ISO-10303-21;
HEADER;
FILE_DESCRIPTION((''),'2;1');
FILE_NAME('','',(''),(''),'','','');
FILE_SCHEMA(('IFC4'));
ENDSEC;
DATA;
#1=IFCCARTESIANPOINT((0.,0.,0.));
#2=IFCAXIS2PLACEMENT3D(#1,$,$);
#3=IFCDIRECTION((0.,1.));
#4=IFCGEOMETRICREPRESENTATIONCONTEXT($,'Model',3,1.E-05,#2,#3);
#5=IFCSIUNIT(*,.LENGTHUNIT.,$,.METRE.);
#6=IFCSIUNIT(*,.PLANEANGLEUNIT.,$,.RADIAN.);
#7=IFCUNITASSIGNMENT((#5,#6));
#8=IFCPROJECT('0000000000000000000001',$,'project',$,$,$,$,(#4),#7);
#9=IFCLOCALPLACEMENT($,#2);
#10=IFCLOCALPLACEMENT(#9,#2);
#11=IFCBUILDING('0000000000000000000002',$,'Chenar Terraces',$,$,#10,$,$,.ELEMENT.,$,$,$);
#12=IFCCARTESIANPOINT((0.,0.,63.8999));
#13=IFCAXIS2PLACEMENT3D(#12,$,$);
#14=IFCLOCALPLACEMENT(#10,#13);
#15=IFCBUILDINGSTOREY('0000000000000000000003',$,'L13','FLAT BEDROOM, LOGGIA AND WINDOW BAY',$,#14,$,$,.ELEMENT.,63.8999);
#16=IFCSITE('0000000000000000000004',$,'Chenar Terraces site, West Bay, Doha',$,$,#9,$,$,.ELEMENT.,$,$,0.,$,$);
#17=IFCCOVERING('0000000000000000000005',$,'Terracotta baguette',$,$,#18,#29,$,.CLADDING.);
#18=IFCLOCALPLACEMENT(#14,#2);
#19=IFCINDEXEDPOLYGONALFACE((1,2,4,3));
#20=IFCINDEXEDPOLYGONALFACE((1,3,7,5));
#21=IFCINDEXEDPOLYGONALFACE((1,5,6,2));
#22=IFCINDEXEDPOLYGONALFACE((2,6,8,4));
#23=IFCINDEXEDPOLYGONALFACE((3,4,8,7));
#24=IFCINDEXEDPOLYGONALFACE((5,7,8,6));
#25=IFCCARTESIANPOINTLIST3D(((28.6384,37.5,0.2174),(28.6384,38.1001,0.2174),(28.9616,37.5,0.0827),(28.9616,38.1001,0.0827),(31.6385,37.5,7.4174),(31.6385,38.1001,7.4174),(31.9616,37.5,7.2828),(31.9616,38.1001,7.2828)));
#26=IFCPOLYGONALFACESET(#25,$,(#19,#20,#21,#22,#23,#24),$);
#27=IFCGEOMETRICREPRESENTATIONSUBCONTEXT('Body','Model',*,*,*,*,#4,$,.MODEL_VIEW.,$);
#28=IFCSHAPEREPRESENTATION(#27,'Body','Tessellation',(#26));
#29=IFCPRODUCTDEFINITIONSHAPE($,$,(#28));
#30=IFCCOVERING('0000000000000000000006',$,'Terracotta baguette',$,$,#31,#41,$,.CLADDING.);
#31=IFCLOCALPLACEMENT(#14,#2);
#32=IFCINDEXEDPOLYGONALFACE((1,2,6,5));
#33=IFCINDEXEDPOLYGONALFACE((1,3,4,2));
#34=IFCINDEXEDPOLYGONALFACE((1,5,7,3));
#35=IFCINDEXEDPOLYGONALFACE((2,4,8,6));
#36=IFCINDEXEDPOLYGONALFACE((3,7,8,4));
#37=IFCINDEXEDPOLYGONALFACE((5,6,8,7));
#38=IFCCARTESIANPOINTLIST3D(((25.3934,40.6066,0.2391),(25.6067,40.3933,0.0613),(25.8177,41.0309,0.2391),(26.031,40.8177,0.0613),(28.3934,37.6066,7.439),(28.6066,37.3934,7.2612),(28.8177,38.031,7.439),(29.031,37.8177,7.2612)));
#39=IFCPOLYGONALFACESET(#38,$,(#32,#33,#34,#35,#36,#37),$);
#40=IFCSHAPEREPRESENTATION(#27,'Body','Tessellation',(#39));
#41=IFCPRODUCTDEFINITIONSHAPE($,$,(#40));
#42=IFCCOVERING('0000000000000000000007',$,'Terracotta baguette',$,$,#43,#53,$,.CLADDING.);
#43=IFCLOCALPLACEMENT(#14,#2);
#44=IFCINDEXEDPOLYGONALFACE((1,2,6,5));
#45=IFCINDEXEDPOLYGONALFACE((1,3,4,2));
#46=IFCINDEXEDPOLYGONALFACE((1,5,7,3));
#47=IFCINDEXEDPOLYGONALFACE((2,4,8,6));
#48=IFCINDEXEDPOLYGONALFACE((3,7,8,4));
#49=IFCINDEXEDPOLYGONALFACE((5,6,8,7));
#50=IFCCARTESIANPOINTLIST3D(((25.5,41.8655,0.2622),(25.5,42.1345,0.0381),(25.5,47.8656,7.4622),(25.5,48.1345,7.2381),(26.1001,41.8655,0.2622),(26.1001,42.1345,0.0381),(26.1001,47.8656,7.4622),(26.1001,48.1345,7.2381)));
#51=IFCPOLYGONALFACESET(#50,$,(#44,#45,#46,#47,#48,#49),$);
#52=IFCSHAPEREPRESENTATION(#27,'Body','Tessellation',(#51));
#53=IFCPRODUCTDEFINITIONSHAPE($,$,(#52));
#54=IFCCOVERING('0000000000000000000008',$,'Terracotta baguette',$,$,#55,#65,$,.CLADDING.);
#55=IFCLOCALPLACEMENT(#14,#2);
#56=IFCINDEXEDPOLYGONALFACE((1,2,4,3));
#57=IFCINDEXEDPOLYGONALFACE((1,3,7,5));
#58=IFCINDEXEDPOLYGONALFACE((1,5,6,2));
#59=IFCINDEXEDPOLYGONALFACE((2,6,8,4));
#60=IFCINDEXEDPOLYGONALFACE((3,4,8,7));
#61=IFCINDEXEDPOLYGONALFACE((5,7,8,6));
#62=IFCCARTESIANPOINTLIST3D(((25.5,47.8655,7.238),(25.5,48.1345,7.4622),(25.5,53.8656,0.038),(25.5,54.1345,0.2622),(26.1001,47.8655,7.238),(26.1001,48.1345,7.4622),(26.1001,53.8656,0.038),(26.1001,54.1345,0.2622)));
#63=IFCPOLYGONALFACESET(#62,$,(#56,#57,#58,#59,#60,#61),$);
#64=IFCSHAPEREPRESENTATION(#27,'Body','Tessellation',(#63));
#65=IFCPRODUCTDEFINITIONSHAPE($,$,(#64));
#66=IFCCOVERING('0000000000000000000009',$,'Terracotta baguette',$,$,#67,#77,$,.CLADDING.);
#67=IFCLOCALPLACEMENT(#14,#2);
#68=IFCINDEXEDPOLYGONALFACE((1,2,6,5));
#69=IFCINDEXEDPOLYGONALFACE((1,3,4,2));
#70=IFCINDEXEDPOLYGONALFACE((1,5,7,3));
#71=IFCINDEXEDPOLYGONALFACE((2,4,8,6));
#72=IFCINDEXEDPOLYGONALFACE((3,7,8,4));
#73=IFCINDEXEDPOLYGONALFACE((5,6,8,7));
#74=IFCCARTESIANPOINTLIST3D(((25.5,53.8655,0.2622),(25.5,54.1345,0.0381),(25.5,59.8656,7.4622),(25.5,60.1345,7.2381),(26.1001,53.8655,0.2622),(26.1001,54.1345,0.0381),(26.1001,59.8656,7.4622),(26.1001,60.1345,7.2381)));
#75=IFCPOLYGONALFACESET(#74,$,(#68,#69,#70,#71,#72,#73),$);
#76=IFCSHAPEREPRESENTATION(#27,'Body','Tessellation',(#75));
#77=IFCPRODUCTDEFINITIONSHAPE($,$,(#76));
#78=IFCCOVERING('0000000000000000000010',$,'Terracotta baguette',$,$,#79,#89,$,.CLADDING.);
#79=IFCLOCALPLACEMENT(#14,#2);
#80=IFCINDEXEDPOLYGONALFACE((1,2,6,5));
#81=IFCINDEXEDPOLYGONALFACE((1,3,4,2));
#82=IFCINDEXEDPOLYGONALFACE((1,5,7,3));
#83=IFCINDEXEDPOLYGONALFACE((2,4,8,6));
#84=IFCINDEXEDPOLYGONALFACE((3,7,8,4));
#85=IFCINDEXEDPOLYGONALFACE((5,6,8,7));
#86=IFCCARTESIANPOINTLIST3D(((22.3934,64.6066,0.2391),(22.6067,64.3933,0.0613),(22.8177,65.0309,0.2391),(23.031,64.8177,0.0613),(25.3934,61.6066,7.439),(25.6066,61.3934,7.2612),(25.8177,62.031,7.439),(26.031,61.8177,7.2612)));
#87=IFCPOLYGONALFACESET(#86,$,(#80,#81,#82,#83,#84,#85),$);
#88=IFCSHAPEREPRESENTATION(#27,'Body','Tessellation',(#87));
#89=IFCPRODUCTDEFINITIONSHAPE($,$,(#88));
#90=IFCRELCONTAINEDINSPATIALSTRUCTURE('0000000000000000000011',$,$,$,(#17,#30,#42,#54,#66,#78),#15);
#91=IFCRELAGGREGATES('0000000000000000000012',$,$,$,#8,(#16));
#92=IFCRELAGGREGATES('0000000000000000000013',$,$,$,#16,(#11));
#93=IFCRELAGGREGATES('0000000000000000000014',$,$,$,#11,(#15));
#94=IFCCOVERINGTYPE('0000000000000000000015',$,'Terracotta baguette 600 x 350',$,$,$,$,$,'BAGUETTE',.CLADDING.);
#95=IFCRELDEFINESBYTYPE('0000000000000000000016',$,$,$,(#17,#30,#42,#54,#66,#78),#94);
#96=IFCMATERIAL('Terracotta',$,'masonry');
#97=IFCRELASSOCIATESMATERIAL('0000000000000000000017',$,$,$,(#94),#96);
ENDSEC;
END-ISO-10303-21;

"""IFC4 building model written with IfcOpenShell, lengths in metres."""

from ifc_helpers import new_model, si_unit, direction, frame, origin, origin_2d, place, context, subcontext, project, spatial, rectangle, extrude, material, material_profile, profile_set, type_object, element, save


model = new_model("IFC4")

# Units and contexts
model_context = context("Model", 3, precision=1e-05, world=origin(), true_north=direction((0.0, 1.0)))
body_context = subcontext(model_context, "Body", "Model", "MODEL_VIEW")
ifc_project = project(units=[si_unit("LENGTHUNIT", "METRE"), si_unit("PLANEANGLEUNIT", "RADIAN")], contexts=[model_context])

# Site, building, storey
site_placement = place(None, origin())
site = spatial("IfcSite", under=ifc_project, at=site_placement, Name="Chenar Terraces site, West Bay, Doha", CompositionType="ELEMENT", RefElevation=0.0)
building_placement = place(site_placement, origin())
building = spatial("IfcBuilding", under=site, at=building_placement, Name="Chenar Terraces", CompositionType="ELEMENT")
storey_placement = place(building_placement, frame((0.0, 0.0, 63.8999)))
storey = spatial("IfcBuildingStorey", under=building, at=storey_placement, Name="L13", Description="FLAT BEDROOM, LOGGIA AND WINDOW BAY", CompositionType="ELEMENT", Elevation=63.8999)

# Coverings
ifc_material_1 = material(Name="Terracotta", Category="masonry")
ifc_material_profile_1 = material_profile(ifc_material_1, rectangle(XDim=0.6001, YDim=0.3501, at=origin_2d()), Name="Terracotta baguette 600 x 350")
ifc_profile_set_1 = profile_set([ifc_material_profile_1], Name="Terracotta")
covering_type = type_object("IfcCoveringType", Name="Terracotta baguette 600 x 350", ElementType="BAGUETTE", PredefinedType="CLADDING", material=ifc_profile_set_1)
covering_1_placement = place(storey_placement, frame((31.8, 37.8, 7.3501), z_axis=(-0.384618, 0.0, -0.923076), x_axis=(0.0, -1.0, 0.0)))
element("IfcCovering", 1, at=covering_1_placement, inside=storey, type_object=covering_type, Name="Terracotta baguette", PredefinedType="CLADDING", context=body_context, shape_type="SweptSolid", body=[
    extrude(rectangle(XDim=0.6001, YDim=0.3501, at=origin_2d()), origin(), (0.0, 0.0, 1.0), 7.8),
])
covering_2_placement = place(storey_placement, frame((28.7122, 37.7122, 7.3501), z_axis=(-0.358981, 0.358981, -0.861548), x_axis=(-0.707107, -0.707107, 0.0)))
element("IfcCovering", 2, at=covering_2_placement, inside=storey, type_object=covering_type, Name="Terracotta baguette", PredefinedType="CLADDING", context=body_context, shape_type="SweptSolid", body=[
    extrude(rectangle(XDim=0.6001, YDim=0.3501, at=origin_2d()), origin(), (0.0, 0.0, 1.0), 8.3569),
])
for number, where, z_axis, x_axis, name in (
    (3, (25.8, 42.0, 0.1501), (0.0, 0.640187, 0.768219), (-1.0, 0.0, 0.0), "Terracotta baguette"),
    (4, (25.8, 48.0, 7.3501), (0.0, 0.640187, -0.768219), (-1.0, 0.0, 0.0), "Terracotta baguette"),
    (5, (25.8, 54.0, 0.1501), (0.0, 0.640187, 0.768219), (-1.0, 0.0, 0.0), "Terracotta baguette"),
):
    element("IfcCovering", number, at=place(storey_placement, frame(where, z_axis=z_axis, x_axis=x_axis)), inside=storey, type_object=covering_type, Name=name, PredefinedType="CLADDING", context=body_context, shape_type="SweptSolid", body=[
        extrude(rectangle(XDim=0.6001, YDim=0.3501, at=origin_2d()), origin(), (0.0, 0.0, 1.0), 9.3723),
    ])
covering_3_placement = place(storey_placement, frame((25.7122, 61.7122, 7.3501), z_axis=(-0.358981, 0.358981, -0.861548), x_axis=(-0.707107, -0.707107, 0.0)))
element("IfcCovering", 6, at=covering_3_placement, inside=storey, type_object=covering_type, Name="Terracotta baguette", PredefinedType="CLADDING", context=body_context, shape_type="SweptSolid", body=[
    extrude(rectangle(XDim=0.6001, YDim=0.3501, at=origin_2d()), origin(), (0.0, 0.0, 1.0), 8.3569),
])

save(model, "model.ifc")
